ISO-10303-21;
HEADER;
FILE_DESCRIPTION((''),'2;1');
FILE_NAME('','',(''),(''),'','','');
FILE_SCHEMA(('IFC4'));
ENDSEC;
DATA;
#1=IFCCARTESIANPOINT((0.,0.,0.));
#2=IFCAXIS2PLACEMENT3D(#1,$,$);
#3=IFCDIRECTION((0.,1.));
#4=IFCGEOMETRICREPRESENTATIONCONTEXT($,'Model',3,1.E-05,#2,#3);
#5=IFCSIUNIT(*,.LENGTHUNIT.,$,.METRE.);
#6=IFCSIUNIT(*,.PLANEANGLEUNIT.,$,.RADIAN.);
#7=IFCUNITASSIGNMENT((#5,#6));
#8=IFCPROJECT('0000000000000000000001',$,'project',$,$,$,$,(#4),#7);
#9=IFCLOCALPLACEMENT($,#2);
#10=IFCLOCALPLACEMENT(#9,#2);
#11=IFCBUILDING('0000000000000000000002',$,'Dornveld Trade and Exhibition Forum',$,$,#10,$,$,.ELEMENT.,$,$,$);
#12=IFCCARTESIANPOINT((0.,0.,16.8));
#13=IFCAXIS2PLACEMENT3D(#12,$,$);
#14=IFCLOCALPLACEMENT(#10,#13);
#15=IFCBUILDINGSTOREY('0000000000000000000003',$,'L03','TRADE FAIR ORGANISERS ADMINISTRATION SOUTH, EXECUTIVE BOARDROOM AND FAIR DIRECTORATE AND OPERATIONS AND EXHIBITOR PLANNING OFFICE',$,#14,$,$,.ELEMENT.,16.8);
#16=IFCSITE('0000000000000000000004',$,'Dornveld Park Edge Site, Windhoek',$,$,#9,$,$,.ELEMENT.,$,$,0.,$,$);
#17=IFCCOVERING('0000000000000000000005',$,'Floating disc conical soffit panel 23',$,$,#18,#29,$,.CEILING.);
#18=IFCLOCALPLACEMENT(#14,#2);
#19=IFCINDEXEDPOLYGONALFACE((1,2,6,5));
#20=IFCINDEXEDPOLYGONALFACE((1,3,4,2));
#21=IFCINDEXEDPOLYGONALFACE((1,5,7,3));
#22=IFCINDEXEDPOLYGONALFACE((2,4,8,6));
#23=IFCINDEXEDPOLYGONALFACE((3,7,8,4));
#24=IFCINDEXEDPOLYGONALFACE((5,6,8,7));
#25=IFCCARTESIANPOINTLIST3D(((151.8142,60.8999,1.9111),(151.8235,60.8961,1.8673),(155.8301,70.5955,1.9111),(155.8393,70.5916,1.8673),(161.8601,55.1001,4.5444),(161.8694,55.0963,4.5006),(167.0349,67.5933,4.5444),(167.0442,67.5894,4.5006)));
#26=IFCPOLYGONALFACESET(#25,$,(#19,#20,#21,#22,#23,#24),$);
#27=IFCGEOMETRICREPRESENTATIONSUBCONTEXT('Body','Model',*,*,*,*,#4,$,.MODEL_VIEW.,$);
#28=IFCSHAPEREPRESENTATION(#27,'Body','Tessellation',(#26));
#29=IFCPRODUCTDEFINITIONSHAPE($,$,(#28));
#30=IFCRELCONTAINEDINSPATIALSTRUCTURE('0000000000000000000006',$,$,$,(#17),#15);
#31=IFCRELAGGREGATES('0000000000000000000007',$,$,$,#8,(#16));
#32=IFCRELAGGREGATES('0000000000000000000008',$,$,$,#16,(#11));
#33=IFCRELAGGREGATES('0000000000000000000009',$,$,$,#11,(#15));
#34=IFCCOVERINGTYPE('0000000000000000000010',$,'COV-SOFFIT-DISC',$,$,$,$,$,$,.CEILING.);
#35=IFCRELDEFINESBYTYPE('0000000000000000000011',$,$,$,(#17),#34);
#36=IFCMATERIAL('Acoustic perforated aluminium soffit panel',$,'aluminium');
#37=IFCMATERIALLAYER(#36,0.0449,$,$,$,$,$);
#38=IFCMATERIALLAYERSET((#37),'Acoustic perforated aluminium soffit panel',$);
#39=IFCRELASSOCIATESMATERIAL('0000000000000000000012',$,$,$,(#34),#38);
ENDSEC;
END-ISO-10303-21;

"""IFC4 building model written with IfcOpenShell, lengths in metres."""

from ifc_helpers import new_model, si_unit, direction, frame, origin, place, context, subcontext, project, spatial, polyline, outline, extrude, material, layer, layer_set, type_object, element, save


model = new_model("IFC4")

# Units and contexts
model_context = context("Model", 3, precision=1e-05, world=origin(), true_north=direction((0.0, 1.0)))
body_context = subcontext(model_context, "Body", "Model", "MODEL_VIEW")
ifc_project = project(units=[si_unit("LENGTHUNIT", "METRE"), si_unit("PLANEANGLEUNIT", "RADIAN")], contexts=[model_context])

# Site, building, storey
site_placement = place(None, origin())
site = spatial("IfcSite", under=ifc_project, at=site_placement, Name="Dornveld Park Edge Site, Windhoek", CompositionType="ELEMENT", RefElevation=0.0)
building_placement = place(site_placement, origin())
building = spatial("IfcBuilding", under=site, at=building_placement, Name="Dornveld Trade and Exhibition Forum", CompositionType="ELEMENT")
storey_placement = place(building_placement, frame((0.0, 0.0, 16.8)))
storey = spatial("IfcBuildingStorey", under=building, at=storey_placement, Name="L03", Description="TRADE FAIR ORGANISERS ADMINISTRATION SOUTH, EXECUTIVE BOARDROOM AND FAIR DIRECTORATE AND OPERATIONS AND EXHIBITOR PLANNING OFFICE", CompositionType="ELEMENT", Elevation=16.8)

# Covering
ifc_material_1 = material(Name="Acoustic perforated aluminium soffit panel", Category="aluminium")
ifc_layer_1 = layer(ifc_material_1, 0.0449)
ifc_layer_set_1 = layer_set([ifc_layer_1], Name="Acoustic perforated aluminium soffit panel")
covering_type = type_object("IfcCoveringType", Name="COV-SOFFIT-DISC", PredefinedType="CEILING", material=ifc_layer_set_1)
covering_1_placement = place(storey_placement, frame((151.8142, 60.8999, 1.9111), z_axis=(-0.206203, 0.08541, 0.974775), x_axis=(0.844545, -0.487582, 0.221377)))
element("IfcCovering", 1, at=covering_1_placement, inside=storey, type_object=covering_type, Name="Floating disc conical soffit panel 23", PredefinedType="CEILING", context=body_context, shape_type="SweptSolid", body=[
    extrude(outline(polyline([(0.0, 0.0), (11.895, 0.0), (10.174, 13.4125), (-1.3358, 10.409), (0.0, 0.0)])), origin(), (0.0, 0.0, -1.0), 0.0449),
])

save(model, "model.ifc")
